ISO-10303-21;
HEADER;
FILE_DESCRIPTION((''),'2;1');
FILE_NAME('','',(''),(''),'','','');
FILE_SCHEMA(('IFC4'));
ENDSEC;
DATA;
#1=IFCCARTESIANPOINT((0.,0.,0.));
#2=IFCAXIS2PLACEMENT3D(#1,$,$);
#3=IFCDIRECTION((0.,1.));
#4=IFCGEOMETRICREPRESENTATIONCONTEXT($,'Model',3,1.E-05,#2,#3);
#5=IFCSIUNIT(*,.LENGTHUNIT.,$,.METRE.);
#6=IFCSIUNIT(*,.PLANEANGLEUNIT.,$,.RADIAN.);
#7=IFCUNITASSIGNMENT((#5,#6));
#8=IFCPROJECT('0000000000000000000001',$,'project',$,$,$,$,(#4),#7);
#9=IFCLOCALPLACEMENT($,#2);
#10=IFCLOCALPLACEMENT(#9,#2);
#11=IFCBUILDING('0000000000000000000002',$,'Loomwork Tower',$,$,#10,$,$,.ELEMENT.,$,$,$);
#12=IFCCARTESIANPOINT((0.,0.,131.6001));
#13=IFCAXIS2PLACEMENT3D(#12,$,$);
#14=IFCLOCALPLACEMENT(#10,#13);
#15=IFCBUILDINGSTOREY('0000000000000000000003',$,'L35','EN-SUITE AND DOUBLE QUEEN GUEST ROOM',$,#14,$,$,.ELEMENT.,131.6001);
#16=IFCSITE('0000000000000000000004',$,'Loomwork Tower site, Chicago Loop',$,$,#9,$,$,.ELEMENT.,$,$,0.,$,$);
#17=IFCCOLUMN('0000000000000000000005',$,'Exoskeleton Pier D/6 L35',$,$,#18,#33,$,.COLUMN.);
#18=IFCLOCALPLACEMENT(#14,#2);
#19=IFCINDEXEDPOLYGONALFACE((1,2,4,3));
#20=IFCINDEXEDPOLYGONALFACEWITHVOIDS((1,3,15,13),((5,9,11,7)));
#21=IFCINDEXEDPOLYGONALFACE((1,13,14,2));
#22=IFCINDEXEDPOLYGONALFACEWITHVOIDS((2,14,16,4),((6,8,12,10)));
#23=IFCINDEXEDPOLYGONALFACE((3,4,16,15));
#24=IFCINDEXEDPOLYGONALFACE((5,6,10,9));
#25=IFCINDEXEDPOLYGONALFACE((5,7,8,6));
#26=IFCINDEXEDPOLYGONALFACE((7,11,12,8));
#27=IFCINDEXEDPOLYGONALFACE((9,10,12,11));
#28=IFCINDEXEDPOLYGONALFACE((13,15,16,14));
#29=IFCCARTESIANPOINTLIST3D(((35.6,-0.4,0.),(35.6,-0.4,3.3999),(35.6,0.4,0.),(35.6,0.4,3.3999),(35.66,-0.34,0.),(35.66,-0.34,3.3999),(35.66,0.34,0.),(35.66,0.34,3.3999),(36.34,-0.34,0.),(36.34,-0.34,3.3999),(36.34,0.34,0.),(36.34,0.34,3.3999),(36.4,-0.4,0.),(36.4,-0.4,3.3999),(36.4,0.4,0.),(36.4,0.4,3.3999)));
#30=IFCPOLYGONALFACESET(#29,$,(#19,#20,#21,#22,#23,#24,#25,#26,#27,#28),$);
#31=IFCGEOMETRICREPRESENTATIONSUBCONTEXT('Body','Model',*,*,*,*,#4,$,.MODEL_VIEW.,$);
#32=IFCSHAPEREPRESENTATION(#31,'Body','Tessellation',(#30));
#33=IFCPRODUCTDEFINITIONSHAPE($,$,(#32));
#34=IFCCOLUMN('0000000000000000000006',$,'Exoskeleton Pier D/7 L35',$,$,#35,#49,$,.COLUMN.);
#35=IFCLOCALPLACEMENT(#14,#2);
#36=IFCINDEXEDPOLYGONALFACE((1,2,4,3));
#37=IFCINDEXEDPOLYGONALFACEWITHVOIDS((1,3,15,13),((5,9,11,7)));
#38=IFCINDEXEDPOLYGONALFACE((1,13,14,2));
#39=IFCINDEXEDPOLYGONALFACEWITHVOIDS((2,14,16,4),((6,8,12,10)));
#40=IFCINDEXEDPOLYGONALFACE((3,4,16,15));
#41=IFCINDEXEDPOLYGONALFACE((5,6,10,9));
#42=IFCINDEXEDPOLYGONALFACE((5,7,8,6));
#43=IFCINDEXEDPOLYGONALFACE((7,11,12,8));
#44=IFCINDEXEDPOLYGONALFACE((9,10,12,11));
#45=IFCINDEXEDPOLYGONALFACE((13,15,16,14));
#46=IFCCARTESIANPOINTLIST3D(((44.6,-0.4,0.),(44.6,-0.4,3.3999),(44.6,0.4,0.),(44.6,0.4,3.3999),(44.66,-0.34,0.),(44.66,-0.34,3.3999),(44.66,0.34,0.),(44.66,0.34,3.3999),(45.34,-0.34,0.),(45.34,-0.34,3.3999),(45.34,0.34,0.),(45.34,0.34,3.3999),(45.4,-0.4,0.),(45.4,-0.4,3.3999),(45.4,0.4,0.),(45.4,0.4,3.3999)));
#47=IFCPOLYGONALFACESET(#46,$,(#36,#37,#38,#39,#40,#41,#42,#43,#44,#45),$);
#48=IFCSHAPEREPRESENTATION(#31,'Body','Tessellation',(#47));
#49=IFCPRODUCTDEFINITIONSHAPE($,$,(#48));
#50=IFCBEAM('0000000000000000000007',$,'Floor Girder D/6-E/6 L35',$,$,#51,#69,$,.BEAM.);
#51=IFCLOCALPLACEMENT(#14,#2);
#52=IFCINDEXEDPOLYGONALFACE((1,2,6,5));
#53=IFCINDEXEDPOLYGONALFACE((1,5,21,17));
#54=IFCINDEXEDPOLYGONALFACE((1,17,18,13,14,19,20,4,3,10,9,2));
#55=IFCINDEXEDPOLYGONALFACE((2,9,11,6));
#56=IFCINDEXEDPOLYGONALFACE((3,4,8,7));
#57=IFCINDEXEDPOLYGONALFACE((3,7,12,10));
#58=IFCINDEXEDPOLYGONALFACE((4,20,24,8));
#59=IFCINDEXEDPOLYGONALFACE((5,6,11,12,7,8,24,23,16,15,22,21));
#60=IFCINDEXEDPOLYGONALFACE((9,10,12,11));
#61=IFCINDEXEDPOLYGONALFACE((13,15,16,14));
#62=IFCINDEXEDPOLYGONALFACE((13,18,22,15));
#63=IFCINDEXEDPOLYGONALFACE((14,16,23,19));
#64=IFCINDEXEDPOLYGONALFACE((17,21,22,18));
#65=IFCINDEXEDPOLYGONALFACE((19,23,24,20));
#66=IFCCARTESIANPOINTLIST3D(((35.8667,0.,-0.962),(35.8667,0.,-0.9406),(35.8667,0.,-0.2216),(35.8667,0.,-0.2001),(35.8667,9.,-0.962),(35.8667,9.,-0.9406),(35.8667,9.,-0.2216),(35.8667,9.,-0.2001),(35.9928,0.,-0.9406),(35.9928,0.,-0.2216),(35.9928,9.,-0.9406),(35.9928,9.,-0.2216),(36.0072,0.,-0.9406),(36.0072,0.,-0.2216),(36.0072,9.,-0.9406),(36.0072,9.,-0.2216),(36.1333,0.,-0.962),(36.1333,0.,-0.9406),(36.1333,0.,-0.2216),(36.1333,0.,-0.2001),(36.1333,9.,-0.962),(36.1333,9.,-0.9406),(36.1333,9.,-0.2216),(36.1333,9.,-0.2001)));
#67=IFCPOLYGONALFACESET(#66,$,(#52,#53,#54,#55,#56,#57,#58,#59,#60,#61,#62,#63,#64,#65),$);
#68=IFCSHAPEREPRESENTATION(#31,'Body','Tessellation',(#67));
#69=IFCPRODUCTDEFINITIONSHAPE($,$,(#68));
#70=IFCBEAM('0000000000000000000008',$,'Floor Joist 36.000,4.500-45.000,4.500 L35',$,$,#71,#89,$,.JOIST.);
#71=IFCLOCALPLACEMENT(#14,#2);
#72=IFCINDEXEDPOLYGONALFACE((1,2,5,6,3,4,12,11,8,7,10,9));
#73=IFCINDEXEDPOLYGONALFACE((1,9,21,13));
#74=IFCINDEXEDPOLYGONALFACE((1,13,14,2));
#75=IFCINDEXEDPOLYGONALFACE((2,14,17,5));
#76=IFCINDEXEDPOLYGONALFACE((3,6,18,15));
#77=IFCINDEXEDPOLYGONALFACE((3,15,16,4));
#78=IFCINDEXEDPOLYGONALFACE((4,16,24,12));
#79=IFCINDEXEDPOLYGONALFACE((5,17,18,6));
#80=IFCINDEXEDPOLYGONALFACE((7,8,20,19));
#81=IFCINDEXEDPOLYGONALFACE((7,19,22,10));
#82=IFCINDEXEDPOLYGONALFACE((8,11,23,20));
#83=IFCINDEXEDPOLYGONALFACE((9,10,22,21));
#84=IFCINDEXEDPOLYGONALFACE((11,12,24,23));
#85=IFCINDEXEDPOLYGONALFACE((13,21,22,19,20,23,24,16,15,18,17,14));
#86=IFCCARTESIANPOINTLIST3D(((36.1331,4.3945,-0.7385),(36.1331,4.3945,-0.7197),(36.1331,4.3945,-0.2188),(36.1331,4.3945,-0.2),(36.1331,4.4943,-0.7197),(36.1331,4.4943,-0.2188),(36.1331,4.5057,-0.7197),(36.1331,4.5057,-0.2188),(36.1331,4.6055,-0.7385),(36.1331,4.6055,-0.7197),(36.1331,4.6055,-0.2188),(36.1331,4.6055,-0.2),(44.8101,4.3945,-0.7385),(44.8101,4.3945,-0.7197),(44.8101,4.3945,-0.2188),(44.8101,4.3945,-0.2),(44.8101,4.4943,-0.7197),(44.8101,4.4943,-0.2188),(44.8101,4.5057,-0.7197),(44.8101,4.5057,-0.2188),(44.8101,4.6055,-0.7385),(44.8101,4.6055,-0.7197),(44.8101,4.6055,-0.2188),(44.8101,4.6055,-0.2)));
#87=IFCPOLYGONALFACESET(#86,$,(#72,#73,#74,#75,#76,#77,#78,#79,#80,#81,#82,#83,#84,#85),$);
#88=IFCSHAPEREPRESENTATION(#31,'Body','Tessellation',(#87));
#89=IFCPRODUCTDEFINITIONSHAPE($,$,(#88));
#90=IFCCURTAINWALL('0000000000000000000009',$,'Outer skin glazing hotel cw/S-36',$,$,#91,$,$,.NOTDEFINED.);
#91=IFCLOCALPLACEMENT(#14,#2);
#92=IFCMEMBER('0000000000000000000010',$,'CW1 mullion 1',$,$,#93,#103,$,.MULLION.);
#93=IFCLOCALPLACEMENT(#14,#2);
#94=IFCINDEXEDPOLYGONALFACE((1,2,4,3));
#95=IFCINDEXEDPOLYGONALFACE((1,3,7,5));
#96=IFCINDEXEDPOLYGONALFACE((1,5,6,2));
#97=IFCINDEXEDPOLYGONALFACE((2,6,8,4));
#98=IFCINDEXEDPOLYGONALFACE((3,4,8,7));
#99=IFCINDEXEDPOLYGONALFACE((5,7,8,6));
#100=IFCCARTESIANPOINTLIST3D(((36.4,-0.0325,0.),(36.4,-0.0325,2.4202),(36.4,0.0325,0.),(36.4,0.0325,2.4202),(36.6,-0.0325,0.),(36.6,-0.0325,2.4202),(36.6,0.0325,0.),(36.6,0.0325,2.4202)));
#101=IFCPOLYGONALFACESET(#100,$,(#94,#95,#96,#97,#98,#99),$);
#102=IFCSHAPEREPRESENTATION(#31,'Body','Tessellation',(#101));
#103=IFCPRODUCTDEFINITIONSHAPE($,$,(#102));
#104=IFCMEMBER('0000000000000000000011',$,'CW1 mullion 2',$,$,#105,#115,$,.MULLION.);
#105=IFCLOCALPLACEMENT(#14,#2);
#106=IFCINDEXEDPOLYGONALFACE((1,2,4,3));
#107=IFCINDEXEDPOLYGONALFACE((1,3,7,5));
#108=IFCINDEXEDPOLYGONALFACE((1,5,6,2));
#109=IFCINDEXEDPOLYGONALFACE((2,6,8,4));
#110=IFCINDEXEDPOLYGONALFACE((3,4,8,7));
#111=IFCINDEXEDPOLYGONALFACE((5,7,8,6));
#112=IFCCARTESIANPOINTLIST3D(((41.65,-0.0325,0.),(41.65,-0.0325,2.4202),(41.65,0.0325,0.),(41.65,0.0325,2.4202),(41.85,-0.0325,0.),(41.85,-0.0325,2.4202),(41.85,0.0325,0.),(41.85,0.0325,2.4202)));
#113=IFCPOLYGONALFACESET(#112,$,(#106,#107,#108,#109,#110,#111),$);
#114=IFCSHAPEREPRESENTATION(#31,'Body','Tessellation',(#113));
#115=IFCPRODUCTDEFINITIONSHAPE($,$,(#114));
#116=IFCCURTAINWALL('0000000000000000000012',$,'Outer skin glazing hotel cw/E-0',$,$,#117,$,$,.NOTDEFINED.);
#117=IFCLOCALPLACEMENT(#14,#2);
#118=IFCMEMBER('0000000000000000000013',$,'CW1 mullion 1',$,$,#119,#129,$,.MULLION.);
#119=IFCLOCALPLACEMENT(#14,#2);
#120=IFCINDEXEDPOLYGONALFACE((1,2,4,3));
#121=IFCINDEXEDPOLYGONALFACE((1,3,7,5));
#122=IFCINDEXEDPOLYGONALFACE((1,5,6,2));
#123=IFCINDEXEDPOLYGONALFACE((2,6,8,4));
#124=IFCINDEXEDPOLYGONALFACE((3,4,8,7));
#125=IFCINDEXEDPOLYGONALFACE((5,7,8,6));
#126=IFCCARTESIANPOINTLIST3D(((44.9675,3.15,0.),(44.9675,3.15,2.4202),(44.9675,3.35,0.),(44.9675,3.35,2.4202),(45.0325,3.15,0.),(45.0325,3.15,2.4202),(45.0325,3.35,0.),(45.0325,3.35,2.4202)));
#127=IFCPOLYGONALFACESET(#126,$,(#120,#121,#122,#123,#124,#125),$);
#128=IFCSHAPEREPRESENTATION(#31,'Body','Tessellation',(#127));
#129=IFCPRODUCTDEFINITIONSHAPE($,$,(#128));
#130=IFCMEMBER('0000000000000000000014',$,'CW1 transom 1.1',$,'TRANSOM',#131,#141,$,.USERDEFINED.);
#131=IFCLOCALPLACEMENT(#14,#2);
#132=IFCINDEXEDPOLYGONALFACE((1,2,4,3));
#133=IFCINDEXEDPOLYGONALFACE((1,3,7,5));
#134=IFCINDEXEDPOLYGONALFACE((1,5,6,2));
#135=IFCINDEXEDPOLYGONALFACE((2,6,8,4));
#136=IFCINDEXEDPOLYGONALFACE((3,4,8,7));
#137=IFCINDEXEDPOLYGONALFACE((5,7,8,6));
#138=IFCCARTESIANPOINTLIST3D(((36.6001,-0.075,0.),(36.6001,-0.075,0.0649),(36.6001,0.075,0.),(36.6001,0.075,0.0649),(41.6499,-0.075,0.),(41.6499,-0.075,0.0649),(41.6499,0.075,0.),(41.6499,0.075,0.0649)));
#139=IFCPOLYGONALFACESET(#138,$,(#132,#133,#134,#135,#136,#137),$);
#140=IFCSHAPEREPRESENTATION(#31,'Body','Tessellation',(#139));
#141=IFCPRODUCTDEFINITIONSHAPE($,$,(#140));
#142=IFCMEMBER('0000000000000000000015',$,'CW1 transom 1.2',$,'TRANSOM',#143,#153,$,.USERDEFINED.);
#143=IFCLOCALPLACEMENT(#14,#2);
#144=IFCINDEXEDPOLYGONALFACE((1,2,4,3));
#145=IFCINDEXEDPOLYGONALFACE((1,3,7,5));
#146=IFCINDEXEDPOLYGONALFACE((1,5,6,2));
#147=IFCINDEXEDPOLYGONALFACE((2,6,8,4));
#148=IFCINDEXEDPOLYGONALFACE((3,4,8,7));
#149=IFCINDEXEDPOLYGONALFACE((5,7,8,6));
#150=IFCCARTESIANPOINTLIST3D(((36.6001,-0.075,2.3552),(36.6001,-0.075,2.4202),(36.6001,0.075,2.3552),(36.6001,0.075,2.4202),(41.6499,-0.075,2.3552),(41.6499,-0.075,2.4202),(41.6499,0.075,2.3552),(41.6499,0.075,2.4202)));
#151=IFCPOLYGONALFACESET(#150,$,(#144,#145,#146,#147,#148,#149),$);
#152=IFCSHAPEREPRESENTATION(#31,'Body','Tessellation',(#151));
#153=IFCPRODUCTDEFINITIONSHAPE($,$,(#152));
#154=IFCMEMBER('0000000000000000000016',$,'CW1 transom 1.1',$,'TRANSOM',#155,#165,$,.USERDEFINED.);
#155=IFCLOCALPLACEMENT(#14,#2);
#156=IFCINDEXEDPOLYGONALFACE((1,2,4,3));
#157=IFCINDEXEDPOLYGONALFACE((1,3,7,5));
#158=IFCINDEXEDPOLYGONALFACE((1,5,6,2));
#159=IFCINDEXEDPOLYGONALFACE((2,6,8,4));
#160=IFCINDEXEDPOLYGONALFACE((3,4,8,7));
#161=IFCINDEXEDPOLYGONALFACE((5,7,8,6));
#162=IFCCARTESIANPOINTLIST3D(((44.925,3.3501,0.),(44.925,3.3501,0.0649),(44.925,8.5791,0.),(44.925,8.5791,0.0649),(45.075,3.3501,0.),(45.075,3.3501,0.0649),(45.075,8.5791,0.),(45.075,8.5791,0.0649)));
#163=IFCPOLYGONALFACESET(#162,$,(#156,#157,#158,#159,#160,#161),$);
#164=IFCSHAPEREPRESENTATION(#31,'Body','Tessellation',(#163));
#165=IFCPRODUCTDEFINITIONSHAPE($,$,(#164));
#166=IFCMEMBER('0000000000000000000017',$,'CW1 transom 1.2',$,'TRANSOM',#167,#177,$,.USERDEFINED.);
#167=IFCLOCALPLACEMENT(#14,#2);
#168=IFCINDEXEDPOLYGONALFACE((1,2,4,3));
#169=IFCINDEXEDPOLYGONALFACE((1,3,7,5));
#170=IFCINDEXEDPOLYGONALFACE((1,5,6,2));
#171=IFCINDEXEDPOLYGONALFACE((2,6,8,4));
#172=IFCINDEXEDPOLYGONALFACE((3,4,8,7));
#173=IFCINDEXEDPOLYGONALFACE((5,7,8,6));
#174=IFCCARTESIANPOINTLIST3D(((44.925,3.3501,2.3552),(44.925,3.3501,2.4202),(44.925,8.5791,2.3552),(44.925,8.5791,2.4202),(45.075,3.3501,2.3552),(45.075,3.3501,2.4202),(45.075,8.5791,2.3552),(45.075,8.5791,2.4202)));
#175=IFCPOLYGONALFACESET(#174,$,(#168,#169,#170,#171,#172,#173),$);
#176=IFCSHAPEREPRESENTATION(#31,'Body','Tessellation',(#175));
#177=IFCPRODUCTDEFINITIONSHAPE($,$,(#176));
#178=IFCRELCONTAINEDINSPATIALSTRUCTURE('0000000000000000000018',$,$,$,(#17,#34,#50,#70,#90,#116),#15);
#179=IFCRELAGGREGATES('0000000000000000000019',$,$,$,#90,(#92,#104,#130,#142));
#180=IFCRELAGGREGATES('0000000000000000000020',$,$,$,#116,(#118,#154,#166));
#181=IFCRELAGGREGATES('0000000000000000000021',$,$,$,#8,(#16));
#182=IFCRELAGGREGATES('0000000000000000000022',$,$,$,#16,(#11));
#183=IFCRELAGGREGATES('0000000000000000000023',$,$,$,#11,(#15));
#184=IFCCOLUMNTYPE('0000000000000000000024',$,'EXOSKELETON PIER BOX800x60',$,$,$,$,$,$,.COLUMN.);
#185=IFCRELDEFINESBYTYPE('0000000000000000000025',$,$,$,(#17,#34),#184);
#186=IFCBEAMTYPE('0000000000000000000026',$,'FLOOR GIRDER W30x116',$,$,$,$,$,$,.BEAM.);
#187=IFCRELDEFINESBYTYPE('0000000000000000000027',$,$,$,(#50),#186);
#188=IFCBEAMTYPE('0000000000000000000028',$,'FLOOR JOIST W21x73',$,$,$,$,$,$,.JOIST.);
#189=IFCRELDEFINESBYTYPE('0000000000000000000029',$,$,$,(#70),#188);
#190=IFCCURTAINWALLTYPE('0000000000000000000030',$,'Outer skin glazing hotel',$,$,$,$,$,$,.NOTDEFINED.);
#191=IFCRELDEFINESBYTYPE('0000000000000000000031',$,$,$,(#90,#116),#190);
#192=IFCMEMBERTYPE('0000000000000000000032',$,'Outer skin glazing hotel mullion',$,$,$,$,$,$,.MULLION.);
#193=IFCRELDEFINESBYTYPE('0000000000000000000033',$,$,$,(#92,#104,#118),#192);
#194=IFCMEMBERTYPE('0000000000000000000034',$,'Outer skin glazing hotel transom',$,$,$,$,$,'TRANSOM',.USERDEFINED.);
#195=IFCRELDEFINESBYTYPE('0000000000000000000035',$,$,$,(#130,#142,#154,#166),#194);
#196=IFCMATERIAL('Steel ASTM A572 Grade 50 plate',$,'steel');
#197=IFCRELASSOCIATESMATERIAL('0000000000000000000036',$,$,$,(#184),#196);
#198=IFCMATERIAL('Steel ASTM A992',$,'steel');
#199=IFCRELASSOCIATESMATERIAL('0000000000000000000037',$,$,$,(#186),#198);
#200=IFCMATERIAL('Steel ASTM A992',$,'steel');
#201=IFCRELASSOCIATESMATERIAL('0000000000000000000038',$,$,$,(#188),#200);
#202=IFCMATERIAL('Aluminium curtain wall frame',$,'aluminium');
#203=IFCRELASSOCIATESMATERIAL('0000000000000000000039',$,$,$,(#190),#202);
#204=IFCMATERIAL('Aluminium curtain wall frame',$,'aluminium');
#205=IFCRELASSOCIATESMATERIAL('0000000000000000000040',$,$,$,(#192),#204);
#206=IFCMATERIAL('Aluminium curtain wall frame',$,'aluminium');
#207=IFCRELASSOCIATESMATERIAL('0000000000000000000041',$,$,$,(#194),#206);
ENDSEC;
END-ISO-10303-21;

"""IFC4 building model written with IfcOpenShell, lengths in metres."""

from ifc_helpers import new_model, si_unit, direction, frame, origin, origin_2d, place, context, subcontext, project, spatial, rectangle, hollow_rectangle, i_section, extrude, material, material_profile, profile_set, type_object, element, aggregate, save


model = new_model("IFC4")

# Units and contexts
model_context = context("Model", 3, precision=1e-05, world=origin(), true_north=direction((0.0, 1.0)))
body_context = subcontext(model_context, "Body", "Model", "MODEL_VIEW")
ifc_project = project(units=[si_unit("LENGTHUNIT", "METRE"), si_unit("PLANEANGLEUNIT", "RADIAN")], contexts=[model_context])

# Site, building, storey
site_placement = place(None, origin())
site = spatial("IfcSite", under=ifc_project, at=site_placement, Name="Loomwork Tower site, Chicago Loop", CompositionType="ELEMENT", RefElevation=0.0)
building_placement = place(site_placement, origin())
building = spatial("IfcBuilding", under=site, at=building_placement, Name="Loomwork Tower", CompositionType="ELEMENT")
storey_placement = place(building_placement, frame((0.0, 0.0, 131.6001)))
storey = spatial("IfcBuildingStorey", under=building, at=storey_placement, Name="L35", Description="EN-SUITE AND DOUBLE QUEEN GUEST ROOM", CompositionType="ELEMENT", Elevation=131.6001)

# Columns
ifc_material_1 = material(Name="Steel ASTM A572 Grade 50 plate", Category="steel")
ifc_material_profile_1 = material_profile(ifc_material_1, hollow_rectangle(XDim=0.8, YDim=0.8, WallThickness=0.0601, at=origin_2d()), Name="BOX800x60")
ifc_profile_set_1 = profile_set([ifc_material_profile_1], Name="Steel ASTM A572 Grade 50 plate")
column_type = type_object("IfcColumnType", Name="EXOSKELETON PIER BOX800x60", PredefinedType="COLUMN", material=ifc_profile_set_1)
for number, where, z_axis, x_axis, name in (
    (1, (36.0, 0.0, 0.0), (0.0, 0.0, 1.0), (1.0, 0.0, 0.0), "Exoskeleton Pier D/6 L35"),
    (2, (45.0, 0.0, 0.0), (0.0, 0.0, 1.0), (1.0, 0.0, 0.0), "Exoskeleton Pier D/7 L35"),
):
    element("IfcColumn", number, at=place(storey_placement, frame(where, z_axis=z_axis, x_axis=x_axis)), inside=storey, type_object=column_type, Name=name, PredefinedType="COLUMN", context=body_context, shape_type="SweptSolid", body=[
        extrude(hollow_rectangle(XDim=0.8, YDim=0.8, WallThickness=0.0601, at=origin_2d()), origin(), (0.0, 0.0, 1.0), 3.3999),
    ])

# Beams
ifc_material_2 = material(Name="Steel ASTM A992", Category="steel")
ifc_material_profile_2 = material_profile(ifc_material_2, i_section(OverallWidth=0.2666, OverallDepth=0.762, WebThickness=0.0144, FlangeThickness=0.0215, at=origin_2d()), Name="W30x116")
ifc_profile_set_2 = profile_set([ifc_material_profile_2], Name="Steel ASTM A992")
beam_type_1 = type_object("IfcBeamType", Name="FLOOR GIRDER W30x116", PredefinedType="BEAM", material=ifc_profile_set_2)
beam_1_placement = place(storey_placement, frame((36.0, 0.0, -0.5811), z_axis=(0.0, 1.0, 0.0), x_axis=(-1.0, 0.0, 0.0)))
element("IfcBeam", 3, at=beam_1_placement, inside=storey, type_object=beam_type_1, Name="Floor Girder D/6-E/6 L35", PredefinedType="BEAM", context=body_context, shape_type="SweptSolid", body=[
    extrude(i_section(OverallWidth=0.2666, OverallDepth=0.762, WebThickness=0.0144, FlangeThickness=0.0215, at=origin_2d()), origin(), (0.0, 0.0, 1.0), 9.0),
])
ifc_material_3 = material(Name="Steel ASTM A992", Category="steel")
ifc_material_profile_3 = material_profile(ifc_material_3, i_section(OverallWidth=0.2109, OverallDepth=0.5386, WebThickness=0.0115, FlangeThickness=0.0188, at=origin_2d()), Name="W21x73")
ifc_profile_set_3 = profile_set([ifc_material_profile_3], Name="Steel ASTM A992")
beam_type_2 = type_object("IfcBeamType", Name="FLOOR JOIST W21x73", PredefinedType="JOIST", material=ifc_profile_set_3)
beam_2_placement = place(storey_placement, frame((36.1331, 4.5, -0.4692), z_axis=(1.0, 0.0, 0.0), x_axis=(0.0, 1.0, 0.0)))
element("IfcBeam", 4, at=beam_2_placement, inside=storey, type_object=beam_type_2, Name="Floor Joist 36.000,4.500-45.000,4.500 L35", PredefinedType="JOIST", context=body_context, shape_type="SweptSolid", body=[
    extrude(i_section(OverallWidth=0.2109, OverallDepth=0.5386, WebThickness=0.0115, FlangeThickness=0.0188, at=origin_2d()), origin(), (0.0, 0.0, 1.0), 8.677),
])

# Curtain wall, members
ifc_material_4 = material(Name="Aluminium curtain wall frame", Category="aluminium")
curtain_wall_type = type_object("IfcCurtainWallType", Name="Outer skin glazing hotel", PredefinedType="NOTDEFINED", material=ifc_material_4)
curtain_wall_1_placement = place(storey_placement, origin())
curtain_wall_1 = element("IfcCurtainWall", 5, at=curtain_wall_1_placement, inside=storey, type_object=curtain_wall_type, Name="Outer skin glazing hotel cw/S-36", PredefinedType="NOTDEFINED")
ifc_material_5 = material(Name="Aluminium curtain wall frame", Category="aluminium")
ifc_material_profile_4 = material_profile(ifc_material_5, rectangle(XDim=0.0649, YDim=0.2, at=origin_2d()), Name="AL 65x200")
ifc_profile_set_4 = profile_set([ifc_material_profile_4], Name="Aluminium curtain wall frame")
member_type_1 = type_object("IfcMemberType", Name="Outer skin glazing hotel mullion", PredefinedType="MULLION", material=ifc_profile_set_4)
member_1_placement = place(storey_placement, frame((36.5, 0.0, 0.0), z_axis=(0.0, 0.0, 1.0), x_axis=(0.0, 1.0, 0.0)))
member_1 = element("IfcMember", 6, at=member_1_placement, type_object=member_type_1, Name="CW1 mullion 1", PredefinedType="MULLION", context=body_context, shape_type="SweptSolid", body=[
    extrude(rectangle(XDim=0.0649, YDim=0.2, at=origin_2d()), origin(), (0.0, 0.0, 1.0), 2.4202),
])
member_2_placement = place(storey_placement, frame((41.75, 0.0, 0.0), z_axis=(0.0, 0.0, 1.0), x_axis=(0.0, 1.0, 0.0)))
member_2 = element("IfcMember", 7, at=member_2_placement, type_object=member_type_1, Name="CW1 mullion 2", PredefinedType="MULLION", context=body_context, shape_type="SweptSolid", body=[
    extrude(rectangle(XDim=0.0649, YDim=0.2, at=origin_2d()), origin(), (0.0, 0.0, 1.0), 2.4202),
])

# Curtain wall, member
curtain_wall_2_placement = place(storey_placement, origin())
curtain_wall_2 = element("IfcCurtainWall", 8, at=curtain_wall_2_placement, inside=storey, type_object=curtain_wall_type, Name="Outer skin glazing hotel cw/E-0", PredefinedType="NOTDEFINED")
member_3_placement = place(storey_placement, frame((45.0, 3.25, 0.0), z_axis=(0.0, 0.0, 1.0), x_axis=(-1.0, 0.0, 0.0)))
member_3 = element("IfcMember", 9, at=member_3_placement, type_object=member_type_1, Name="CW1 mullion 1", PredefinedType="MULLION", context=body_context, shape_type="SweptSolid", body=[
    extrude(rectangle(XDim=0.0649, YDim=0.2, at=origin_2d()), origin(), (0.0, 0.0, 1.0), 2.4202),
])

# Members
ifc_material_6 = material(Name="Aluminium curtain wall frame", Category="aluminium")
ifc_material_profile_5 = material_profile(ifc_material_6, rectangle(XDim=0.1499, YDim=0.0649, at=origin_2d()), Name="AL 65x150")
ifc_profile_set_5 = profile_set([ifc_material_profile_5], Name="Aluminium curtain wall frame")
member_type_2 = type_object("IfcMemberType", Name="Outer skin glazing hotel transom", ElementType="TRANSOM", PredefinedType="USERDEFINED", material=ifc_profile_set_5)
member_4_placement = place(storey_placement, frame((36.6001, 0.0, 0.0325), z_axis=(1.0, 0.0, 0.0), x_axis=(0.0, 1.0, 0.0)))
member_4 = element("IfcMember", 10, at=member_4_placement, type_object=member_type_2, Name="CW1 transom 1.1", ObjectType="TRANSOM", PredefinedType="USERDEFINED", context=body_context, shape_type="SweptSolid", body=[
    extrude(rectangle(XDim=0.1499, YDim=0.0649, at=origin_2d()), origin(), (0.0, 0.0, 1.0), 5.0498),
])
member_5_placement = place(storey_placement, frame((36.6001, 0.0, 2.3877), z_axis=(1.0, 0.0, 0.0), x_axis=(0.0, 1.0, 0.0)))
member_5 = element("IfcMember", 11, at=member_5_placement, type_object=member_type_2, Name="CW1 transom 1.2", ObjectType="TRANSOM", PredefinedType="USERDEFINED", context=body_context, shape_type="SweptSolid", body=[
    extrude(rectangle(XDim=0.1499, YDim=0.0649, at=origin_2d()), origin(), (0.0, 0.0, 1.0), 5.0498),
])
member_6_placement = place(storey_placement, frame((45.0, 3.3501, 0.0325), z_axis=(0.0, 1.0, 0.0), x_axis=(-1.0, 0.0, 0.0)))
member_6 = element("IfcMember", 12, at=member_6_placement, type_object=member_type_2, Name="CW1 transom 1.1", ObjectType="TRANSOM", PredefinedType="USERDEFINED", context=body_context, shape_type="SweptSolid", body=[
    extrude(rectangle(XDim=0.1499, YDim=0.0649, at=origin_2d()), origin(), (0.0, 0.0, 1.0), 5.229),
])
member_7_placement = place(storey_placement, frame((45.0, 3.3501, 2.3877), z_axis=(0.0, 1.0, 0.0), x_axis=(-1.0, 0.0, 0.0)))
member_7 = element("IfcMember", 13, at=member_7_placement, type_object=member_type_2, Name="CW1 transom 1.2", ObjectType="TRANSOM", PredefinedType="USERDEFINED", context=body_context, shape_type="SweptSolid", body=[
    extrude(rectangle(XDim=0.1499, YDim=0.0649, at=origin_2d()), origin(), (0.0, 0.0, 1.0), 5.229),
])

aggregate(curtain_wall_1, [member_1, member_2, member_4, member_5])
aggregate(curtain_wall_2, [member_3, member_6, member_7])

save(model, "model.ifc")
